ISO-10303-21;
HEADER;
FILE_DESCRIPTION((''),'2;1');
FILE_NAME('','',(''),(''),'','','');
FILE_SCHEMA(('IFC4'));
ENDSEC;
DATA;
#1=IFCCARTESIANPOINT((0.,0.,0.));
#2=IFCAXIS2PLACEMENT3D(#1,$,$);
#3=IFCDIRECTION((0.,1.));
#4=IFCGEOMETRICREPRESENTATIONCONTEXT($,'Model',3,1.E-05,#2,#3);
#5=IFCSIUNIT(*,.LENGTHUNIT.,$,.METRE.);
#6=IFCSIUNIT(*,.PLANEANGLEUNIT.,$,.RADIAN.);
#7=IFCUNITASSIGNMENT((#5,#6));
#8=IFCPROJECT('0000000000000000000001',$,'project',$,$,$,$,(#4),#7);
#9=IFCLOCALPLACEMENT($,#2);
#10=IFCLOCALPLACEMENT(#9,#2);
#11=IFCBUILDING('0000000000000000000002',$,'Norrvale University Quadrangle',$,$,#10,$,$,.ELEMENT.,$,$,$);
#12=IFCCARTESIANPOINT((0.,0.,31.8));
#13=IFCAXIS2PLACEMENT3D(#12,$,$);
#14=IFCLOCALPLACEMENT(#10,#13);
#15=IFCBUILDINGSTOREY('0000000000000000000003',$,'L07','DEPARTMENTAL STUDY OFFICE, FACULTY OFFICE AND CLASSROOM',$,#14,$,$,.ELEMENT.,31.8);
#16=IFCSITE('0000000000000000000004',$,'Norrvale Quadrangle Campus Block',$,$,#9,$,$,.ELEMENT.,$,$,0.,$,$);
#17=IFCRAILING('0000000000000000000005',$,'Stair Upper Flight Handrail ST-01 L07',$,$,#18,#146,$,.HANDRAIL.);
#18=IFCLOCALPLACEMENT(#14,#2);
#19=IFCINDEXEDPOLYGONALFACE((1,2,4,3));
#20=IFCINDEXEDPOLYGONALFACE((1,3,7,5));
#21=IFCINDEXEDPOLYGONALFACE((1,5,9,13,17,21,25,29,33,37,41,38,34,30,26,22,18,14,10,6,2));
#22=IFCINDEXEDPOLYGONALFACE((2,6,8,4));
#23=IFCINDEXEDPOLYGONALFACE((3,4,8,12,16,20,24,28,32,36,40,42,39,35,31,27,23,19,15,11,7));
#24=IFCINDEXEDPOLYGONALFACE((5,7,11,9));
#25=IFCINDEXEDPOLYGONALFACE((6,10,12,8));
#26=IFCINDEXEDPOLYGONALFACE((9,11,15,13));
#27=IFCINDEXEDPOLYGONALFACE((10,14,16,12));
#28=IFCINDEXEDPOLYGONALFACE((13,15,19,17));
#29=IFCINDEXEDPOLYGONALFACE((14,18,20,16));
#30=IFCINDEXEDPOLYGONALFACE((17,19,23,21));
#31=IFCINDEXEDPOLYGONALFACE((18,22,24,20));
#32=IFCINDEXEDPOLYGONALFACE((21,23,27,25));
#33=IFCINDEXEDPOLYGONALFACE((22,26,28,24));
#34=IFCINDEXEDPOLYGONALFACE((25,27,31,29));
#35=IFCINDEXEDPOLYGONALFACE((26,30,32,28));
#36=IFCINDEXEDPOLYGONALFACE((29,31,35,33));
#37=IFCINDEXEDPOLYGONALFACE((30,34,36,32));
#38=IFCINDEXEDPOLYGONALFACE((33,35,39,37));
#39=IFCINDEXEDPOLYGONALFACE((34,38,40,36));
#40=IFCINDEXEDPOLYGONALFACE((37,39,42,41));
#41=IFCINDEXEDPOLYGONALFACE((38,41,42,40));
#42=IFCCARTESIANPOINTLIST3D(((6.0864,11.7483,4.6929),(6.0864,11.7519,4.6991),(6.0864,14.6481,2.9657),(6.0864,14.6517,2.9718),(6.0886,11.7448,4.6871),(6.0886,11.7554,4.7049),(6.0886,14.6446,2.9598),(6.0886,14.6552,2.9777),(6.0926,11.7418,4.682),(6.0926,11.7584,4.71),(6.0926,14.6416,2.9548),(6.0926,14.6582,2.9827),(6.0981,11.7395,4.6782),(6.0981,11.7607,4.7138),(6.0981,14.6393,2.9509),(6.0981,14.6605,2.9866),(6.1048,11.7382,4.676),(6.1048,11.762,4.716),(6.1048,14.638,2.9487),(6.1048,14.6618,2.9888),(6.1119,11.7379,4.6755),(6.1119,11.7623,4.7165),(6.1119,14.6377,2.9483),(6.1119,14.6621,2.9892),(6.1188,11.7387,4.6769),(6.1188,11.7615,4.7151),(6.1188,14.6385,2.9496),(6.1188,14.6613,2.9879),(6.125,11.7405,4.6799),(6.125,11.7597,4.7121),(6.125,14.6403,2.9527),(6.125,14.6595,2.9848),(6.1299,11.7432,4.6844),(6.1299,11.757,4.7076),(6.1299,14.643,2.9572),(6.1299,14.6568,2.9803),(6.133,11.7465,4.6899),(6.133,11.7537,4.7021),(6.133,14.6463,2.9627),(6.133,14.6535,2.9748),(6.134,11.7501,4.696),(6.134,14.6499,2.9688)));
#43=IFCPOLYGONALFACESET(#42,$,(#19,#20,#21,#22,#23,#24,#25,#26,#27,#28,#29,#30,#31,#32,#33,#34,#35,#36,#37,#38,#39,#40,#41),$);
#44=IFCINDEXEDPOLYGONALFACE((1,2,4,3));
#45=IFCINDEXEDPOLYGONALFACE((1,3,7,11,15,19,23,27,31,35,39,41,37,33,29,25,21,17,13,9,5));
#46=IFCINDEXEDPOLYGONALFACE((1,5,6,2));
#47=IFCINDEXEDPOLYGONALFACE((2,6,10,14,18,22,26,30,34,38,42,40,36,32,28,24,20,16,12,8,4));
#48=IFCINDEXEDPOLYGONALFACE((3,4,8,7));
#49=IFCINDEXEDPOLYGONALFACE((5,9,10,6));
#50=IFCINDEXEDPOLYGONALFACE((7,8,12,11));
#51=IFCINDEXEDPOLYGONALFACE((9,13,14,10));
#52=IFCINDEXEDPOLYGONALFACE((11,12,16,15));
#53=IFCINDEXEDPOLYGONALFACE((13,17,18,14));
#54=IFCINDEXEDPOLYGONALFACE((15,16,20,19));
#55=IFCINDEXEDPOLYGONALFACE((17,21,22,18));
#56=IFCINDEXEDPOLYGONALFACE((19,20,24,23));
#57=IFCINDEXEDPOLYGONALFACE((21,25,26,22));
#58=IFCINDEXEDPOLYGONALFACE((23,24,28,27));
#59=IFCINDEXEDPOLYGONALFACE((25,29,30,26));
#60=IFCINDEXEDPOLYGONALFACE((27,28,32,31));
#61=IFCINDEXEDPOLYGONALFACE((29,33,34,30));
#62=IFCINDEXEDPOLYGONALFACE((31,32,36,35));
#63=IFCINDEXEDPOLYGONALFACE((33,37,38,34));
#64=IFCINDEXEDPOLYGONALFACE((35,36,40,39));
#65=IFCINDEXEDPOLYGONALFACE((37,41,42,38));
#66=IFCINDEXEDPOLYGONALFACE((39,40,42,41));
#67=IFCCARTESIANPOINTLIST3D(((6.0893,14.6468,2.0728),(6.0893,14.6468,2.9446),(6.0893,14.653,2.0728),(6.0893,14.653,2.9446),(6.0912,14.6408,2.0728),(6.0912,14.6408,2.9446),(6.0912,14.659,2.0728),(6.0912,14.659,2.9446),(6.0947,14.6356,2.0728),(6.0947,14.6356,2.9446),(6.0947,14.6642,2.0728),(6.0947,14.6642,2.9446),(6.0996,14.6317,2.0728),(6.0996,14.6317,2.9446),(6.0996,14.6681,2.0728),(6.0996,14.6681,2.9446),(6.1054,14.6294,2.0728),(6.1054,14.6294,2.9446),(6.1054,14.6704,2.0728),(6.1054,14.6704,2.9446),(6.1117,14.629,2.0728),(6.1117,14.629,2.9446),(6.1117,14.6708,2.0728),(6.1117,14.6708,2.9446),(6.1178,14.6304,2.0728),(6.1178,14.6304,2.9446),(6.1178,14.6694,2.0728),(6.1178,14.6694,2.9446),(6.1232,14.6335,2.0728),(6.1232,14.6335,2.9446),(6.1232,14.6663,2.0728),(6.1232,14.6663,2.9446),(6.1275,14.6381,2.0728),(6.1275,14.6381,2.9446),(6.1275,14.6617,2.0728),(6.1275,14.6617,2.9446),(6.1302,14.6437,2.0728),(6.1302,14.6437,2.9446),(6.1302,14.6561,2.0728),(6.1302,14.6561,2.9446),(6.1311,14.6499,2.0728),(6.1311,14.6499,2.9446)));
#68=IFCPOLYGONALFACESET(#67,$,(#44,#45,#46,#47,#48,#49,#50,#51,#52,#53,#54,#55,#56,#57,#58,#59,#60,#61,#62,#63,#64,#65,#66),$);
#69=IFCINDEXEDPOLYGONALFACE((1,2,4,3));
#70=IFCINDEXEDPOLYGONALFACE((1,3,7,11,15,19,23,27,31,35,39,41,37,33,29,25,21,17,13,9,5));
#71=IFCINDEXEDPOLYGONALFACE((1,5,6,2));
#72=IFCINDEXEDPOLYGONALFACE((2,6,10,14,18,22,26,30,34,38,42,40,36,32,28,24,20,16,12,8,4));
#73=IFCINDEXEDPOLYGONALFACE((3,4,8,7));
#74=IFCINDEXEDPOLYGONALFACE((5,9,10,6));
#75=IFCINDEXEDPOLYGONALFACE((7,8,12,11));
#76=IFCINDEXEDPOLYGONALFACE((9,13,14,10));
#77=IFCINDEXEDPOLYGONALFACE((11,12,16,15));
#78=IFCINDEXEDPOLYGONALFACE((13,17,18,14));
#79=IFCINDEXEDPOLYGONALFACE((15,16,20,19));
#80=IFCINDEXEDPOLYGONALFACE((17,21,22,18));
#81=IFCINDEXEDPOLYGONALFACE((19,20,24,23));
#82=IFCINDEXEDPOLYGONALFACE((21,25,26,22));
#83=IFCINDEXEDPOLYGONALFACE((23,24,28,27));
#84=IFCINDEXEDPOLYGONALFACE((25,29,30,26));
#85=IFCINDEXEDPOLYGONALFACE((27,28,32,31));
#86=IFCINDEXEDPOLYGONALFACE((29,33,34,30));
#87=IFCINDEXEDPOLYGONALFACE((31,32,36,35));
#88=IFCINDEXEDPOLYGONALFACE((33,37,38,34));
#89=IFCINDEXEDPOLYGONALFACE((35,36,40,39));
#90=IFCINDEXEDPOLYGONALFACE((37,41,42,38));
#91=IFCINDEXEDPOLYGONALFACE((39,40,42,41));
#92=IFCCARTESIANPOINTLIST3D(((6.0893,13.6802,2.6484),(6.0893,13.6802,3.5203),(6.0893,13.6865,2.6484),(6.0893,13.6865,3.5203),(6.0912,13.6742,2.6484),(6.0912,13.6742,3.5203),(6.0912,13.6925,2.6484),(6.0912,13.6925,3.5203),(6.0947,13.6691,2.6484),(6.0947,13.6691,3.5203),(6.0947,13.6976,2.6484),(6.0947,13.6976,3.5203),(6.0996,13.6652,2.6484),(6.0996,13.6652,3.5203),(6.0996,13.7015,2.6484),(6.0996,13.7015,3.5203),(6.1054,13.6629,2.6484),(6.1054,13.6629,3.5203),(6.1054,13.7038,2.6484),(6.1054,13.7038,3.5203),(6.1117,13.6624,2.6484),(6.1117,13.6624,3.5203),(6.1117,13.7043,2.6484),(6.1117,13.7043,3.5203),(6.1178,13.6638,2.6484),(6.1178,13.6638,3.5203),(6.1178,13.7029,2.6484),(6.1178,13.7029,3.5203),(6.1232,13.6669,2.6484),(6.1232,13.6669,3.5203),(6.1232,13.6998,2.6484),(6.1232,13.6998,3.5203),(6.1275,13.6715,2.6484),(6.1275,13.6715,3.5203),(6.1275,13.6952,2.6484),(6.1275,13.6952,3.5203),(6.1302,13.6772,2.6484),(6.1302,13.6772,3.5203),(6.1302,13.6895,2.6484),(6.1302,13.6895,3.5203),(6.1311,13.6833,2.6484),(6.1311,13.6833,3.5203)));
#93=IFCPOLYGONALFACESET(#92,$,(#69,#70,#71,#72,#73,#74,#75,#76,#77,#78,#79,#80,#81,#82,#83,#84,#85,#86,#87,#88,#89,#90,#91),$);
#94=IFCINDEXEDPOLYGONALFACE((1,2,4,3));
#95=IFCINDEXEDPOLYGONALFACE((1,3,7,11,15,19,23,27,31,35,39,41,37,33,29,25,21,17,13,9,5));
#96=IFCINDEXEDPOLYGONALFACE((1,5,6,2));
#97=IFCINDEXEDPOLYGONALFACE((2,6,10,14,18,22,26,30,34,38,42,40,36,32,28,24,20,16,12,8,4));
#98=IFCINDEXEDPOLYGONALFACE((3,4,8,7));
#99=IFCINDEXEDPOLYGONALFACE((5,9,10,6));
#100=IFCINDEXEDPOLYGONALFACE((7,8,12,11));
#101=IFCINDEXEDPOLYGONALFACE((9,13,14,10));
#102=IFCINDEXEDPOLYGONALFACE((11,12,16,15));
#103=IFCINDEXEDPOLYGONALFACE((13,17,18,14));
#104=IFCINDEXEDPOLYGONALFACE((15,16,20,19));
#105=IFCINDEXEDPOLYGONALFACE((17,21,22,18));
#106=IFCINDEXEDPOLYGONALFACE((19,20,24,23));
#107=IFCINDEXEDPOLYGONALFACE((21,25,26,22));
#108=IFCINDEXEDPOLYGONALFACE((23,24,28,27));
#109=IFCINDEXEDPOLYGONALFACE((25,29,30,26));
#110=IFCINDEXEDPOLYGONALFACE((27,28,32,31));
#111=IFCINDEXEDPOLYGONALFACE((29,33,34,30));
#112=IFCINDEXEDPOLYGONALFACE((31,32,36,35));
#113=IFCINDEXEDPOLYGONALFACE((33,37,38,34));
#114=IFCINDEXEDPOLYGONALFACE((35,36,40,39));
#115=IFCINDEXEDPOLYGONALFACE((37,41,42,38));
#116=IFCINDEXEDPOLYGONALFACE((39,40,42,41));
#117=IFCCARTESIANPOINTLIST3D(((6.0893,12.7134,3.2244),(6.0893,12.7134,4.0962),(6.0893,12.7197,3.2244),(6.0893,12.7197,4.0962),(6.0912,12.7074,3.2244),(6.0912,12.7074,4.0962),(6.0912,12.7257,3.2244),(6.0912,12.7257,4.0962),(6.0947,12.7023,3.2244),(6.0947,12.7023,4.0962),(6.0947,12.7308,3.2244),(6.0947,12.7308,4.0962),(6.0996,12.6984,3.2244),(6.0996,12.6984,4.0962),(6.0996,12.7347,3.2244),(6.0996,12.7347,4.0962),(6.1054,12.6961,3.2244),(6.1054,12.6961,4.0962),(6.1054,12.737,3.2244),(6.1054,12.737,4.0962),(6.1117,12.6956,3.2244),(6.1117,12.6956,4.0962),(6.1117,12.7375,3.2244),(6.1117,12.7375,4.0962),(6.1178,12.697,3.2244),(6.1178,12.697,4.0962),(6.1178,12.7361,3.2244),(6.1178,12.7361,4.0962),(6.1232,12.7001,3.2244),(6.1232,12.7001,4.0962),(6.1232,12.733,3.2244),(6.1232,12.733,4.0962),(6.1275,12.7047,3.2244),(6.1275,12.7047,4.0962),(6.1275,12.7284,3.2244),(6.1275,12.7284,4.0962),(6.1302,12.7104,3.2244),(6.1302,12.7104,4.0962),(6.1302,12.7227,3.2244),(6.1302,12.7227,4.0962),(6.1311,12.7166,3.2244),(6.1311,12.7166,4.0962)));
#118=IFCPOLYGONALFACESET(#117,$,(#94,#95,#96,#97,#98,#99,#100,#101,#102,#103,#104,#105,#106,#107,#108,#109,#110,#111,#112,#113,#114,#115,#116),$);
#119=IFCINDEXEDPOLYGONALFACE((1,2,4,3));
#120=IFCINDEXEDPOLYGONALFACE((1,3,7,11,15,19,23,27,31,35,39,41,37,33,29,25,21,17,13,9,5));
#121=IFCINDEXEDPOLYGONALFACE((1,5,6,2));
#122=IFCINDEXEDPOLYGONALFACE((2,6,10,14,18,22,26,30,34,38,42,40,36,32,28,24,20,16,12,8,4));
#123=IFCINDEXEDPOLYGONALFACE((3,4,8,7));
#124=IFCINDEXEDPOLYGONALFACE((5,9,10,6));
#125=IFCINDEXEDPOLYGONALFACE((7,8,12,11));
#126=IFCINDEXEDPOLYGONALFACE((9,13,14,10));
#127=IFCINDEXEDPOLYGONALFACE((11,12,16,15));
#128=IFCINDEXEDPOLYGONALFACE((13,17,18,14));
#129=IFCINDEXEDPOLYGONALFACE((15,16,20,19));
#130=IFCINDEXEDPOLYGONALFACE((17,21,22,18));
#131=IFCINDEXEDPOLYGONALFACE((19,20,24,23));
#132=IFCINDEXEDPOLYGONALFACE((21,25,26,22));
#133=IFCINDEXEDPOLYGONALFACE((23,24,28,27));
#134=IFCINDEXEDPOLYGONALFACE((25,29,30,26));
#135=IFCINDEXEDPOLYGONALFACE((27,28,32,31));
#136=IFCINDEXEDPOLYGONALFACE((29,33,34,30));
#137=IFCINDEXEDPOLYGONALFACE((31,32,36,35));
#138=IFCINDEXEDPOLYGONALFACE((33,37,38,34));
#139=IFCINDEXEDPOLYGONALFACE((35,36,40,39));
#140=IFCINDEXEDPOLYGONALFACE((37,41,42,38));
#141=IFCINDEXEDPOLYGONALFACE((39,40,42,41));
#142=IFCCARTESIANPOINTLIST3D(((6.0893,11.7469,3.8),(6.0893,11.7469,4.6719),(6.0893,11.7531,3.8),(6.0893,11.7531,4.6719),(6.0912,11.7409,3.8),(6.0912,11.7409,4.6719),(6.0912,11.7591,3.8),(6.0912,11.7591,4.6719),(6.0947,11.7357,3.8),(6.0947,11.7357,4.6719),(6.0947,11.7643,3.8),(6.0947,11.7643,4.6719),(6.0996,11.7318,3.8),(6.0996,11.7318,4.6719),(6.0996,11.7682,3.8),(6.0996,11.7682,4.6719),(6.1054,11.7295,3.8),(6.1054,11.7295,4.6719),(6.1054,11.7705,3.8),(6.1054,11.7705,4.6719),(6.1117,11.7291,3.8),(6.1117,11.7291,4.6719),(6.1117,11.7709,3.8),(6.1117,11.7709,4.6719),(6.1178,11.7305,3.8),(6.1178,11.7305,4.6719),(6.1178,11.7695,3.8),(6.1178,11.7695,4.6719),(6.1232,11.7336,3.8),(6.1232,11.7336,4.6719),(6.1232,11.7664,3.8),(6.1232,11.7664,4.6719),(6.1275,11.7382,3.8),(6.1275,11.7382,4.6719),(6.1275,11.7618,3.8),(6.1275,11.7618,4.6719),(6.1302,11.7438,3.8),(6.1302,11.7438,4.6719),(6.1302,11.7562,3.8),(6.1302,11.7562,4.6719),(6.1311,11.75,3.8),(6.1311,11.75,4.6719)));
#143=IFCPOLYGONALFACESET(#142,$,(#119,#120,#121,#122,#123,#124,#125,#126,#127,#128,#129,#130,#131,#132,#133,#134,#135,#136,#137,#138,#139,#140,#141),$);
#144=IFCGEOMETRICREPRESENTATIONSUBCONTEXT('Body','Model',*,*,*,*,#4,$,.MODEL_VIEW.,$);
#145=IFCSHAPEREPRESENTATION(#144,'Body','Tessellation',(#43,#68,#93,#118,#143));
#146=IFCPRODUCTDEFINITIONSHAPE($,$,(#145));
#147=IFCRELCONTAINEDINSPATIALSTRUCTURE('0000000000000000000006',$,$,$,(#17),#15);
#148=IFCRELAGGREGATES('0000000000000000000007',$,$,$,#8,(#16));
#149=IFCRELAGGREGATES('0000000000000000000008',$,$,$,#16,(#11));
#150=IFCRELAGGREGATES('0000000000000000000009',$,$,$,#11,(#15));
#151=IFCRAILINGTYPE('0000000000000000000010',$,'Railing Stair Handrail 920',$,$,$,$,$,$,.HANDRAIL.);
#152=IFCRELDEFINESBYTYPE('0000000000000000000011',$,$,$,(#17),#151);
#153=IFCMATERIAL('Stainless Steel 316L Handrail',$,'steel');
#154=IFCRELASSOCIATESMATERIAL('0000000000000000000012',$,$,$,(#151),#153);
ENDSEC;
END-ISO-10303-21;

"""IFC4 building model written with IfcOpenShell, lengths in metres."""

from ifc_helpers import new_model, si_unit, direction, frame, origin, origin_2d, place, context, subcontext, project, spatial, circle, extrude, material, type_object, element, save


model = new_model("IFC4")

# Units and contexts
model_context = context("Model", 3, precision=1e-05, world=origin(), true_north=direction((0.0, 1.0)))
body_context = subcontext(model_context, "Body", "Model", "MODEL_VIEW")
ifc_project = project(units=[si_unit("LENGTHUNIT", "METRE"), si_unit("PLANEANGLEUNIT", "RADIAN")], contexts=[model_context])

# Site, building, storey
site_placement = place(None, origin())
site = spatial("IfcSite", under=ifc_project, at=site_placement, Name="Norrvale Quadrangle Campus Block", CompositionType="ELEMENT", RefElevation=0.0)
building_placement = place(site_placement, origin())
building = spatial("IfcBuilding", under=site, at=building_placement, Name="Norrvale University Quadrangle", CompositionType="ELEMENT")
storey_placement = place(building_placement, frame((0.0, 0.0, 31.8)))
storey = spatial("IfcBuildingStorey", under=building, at=storey_placement, Name="L07", Description="DEPARTMENTAL STUDY OFFICE, FACULTY OFFICE AND CLASSROOM", CompositionType="ELEMENT", Elevation=31.8)

# Railing
ifc_material_1 = material(Name="Stainless Steel 316L Handrail", Category="steel")
railing_type_1 = type_object("IfcRailingType", Name="Railing Stair Handrail 920", PredefinedType="HANDRAIL", material=ifc_material_1)
railing_1_placement = place(storey_placement, frame((6.1101, 14.6499, 2.0728)))
element("IfcRailing", 1, at=railing_1_placement, inside=storey, type_object=railing_type_1, Name="Stair Upper Flight Handrail ST-01 L07", PredefinedType="HANDRAIL", context=body_context, shape_type="SweptSolid", body=[
    extrude(circle(Radius=0.0239, at=origin_2d()), frame((0.0, 0.0, 0.896), z_axis=(0.0, -0.859141, 0.511738), x_axis=(1.0, 0.0, 0.0)), (0.0, 0.0, 1.0), 3.3752),
    extrude(circle(Radius=0.021, at=origin_2d()), origin(), (0.0, 0.0, 1.0), 0.8718),
    extrude(circle(Radius=0.021, at=origin_2d()), frame((0.0, -0.9666, 0.5757)), (0.0, 0.0, 1.0), 0.8718),
    extrude(circle(Radius=0.021, at=origin_2d()), frame((0.0, -1.9333, 1.1516)), (0.0, 0.0, 1.0), 0.8718),
    extrude(circle(Radius=0.021, at=origin_2d()), frame((0.0, -2.8999, 1.7273)), (0.0, 0.0, 1.0), 0.8718),
])

save(model, "model.ifc")
